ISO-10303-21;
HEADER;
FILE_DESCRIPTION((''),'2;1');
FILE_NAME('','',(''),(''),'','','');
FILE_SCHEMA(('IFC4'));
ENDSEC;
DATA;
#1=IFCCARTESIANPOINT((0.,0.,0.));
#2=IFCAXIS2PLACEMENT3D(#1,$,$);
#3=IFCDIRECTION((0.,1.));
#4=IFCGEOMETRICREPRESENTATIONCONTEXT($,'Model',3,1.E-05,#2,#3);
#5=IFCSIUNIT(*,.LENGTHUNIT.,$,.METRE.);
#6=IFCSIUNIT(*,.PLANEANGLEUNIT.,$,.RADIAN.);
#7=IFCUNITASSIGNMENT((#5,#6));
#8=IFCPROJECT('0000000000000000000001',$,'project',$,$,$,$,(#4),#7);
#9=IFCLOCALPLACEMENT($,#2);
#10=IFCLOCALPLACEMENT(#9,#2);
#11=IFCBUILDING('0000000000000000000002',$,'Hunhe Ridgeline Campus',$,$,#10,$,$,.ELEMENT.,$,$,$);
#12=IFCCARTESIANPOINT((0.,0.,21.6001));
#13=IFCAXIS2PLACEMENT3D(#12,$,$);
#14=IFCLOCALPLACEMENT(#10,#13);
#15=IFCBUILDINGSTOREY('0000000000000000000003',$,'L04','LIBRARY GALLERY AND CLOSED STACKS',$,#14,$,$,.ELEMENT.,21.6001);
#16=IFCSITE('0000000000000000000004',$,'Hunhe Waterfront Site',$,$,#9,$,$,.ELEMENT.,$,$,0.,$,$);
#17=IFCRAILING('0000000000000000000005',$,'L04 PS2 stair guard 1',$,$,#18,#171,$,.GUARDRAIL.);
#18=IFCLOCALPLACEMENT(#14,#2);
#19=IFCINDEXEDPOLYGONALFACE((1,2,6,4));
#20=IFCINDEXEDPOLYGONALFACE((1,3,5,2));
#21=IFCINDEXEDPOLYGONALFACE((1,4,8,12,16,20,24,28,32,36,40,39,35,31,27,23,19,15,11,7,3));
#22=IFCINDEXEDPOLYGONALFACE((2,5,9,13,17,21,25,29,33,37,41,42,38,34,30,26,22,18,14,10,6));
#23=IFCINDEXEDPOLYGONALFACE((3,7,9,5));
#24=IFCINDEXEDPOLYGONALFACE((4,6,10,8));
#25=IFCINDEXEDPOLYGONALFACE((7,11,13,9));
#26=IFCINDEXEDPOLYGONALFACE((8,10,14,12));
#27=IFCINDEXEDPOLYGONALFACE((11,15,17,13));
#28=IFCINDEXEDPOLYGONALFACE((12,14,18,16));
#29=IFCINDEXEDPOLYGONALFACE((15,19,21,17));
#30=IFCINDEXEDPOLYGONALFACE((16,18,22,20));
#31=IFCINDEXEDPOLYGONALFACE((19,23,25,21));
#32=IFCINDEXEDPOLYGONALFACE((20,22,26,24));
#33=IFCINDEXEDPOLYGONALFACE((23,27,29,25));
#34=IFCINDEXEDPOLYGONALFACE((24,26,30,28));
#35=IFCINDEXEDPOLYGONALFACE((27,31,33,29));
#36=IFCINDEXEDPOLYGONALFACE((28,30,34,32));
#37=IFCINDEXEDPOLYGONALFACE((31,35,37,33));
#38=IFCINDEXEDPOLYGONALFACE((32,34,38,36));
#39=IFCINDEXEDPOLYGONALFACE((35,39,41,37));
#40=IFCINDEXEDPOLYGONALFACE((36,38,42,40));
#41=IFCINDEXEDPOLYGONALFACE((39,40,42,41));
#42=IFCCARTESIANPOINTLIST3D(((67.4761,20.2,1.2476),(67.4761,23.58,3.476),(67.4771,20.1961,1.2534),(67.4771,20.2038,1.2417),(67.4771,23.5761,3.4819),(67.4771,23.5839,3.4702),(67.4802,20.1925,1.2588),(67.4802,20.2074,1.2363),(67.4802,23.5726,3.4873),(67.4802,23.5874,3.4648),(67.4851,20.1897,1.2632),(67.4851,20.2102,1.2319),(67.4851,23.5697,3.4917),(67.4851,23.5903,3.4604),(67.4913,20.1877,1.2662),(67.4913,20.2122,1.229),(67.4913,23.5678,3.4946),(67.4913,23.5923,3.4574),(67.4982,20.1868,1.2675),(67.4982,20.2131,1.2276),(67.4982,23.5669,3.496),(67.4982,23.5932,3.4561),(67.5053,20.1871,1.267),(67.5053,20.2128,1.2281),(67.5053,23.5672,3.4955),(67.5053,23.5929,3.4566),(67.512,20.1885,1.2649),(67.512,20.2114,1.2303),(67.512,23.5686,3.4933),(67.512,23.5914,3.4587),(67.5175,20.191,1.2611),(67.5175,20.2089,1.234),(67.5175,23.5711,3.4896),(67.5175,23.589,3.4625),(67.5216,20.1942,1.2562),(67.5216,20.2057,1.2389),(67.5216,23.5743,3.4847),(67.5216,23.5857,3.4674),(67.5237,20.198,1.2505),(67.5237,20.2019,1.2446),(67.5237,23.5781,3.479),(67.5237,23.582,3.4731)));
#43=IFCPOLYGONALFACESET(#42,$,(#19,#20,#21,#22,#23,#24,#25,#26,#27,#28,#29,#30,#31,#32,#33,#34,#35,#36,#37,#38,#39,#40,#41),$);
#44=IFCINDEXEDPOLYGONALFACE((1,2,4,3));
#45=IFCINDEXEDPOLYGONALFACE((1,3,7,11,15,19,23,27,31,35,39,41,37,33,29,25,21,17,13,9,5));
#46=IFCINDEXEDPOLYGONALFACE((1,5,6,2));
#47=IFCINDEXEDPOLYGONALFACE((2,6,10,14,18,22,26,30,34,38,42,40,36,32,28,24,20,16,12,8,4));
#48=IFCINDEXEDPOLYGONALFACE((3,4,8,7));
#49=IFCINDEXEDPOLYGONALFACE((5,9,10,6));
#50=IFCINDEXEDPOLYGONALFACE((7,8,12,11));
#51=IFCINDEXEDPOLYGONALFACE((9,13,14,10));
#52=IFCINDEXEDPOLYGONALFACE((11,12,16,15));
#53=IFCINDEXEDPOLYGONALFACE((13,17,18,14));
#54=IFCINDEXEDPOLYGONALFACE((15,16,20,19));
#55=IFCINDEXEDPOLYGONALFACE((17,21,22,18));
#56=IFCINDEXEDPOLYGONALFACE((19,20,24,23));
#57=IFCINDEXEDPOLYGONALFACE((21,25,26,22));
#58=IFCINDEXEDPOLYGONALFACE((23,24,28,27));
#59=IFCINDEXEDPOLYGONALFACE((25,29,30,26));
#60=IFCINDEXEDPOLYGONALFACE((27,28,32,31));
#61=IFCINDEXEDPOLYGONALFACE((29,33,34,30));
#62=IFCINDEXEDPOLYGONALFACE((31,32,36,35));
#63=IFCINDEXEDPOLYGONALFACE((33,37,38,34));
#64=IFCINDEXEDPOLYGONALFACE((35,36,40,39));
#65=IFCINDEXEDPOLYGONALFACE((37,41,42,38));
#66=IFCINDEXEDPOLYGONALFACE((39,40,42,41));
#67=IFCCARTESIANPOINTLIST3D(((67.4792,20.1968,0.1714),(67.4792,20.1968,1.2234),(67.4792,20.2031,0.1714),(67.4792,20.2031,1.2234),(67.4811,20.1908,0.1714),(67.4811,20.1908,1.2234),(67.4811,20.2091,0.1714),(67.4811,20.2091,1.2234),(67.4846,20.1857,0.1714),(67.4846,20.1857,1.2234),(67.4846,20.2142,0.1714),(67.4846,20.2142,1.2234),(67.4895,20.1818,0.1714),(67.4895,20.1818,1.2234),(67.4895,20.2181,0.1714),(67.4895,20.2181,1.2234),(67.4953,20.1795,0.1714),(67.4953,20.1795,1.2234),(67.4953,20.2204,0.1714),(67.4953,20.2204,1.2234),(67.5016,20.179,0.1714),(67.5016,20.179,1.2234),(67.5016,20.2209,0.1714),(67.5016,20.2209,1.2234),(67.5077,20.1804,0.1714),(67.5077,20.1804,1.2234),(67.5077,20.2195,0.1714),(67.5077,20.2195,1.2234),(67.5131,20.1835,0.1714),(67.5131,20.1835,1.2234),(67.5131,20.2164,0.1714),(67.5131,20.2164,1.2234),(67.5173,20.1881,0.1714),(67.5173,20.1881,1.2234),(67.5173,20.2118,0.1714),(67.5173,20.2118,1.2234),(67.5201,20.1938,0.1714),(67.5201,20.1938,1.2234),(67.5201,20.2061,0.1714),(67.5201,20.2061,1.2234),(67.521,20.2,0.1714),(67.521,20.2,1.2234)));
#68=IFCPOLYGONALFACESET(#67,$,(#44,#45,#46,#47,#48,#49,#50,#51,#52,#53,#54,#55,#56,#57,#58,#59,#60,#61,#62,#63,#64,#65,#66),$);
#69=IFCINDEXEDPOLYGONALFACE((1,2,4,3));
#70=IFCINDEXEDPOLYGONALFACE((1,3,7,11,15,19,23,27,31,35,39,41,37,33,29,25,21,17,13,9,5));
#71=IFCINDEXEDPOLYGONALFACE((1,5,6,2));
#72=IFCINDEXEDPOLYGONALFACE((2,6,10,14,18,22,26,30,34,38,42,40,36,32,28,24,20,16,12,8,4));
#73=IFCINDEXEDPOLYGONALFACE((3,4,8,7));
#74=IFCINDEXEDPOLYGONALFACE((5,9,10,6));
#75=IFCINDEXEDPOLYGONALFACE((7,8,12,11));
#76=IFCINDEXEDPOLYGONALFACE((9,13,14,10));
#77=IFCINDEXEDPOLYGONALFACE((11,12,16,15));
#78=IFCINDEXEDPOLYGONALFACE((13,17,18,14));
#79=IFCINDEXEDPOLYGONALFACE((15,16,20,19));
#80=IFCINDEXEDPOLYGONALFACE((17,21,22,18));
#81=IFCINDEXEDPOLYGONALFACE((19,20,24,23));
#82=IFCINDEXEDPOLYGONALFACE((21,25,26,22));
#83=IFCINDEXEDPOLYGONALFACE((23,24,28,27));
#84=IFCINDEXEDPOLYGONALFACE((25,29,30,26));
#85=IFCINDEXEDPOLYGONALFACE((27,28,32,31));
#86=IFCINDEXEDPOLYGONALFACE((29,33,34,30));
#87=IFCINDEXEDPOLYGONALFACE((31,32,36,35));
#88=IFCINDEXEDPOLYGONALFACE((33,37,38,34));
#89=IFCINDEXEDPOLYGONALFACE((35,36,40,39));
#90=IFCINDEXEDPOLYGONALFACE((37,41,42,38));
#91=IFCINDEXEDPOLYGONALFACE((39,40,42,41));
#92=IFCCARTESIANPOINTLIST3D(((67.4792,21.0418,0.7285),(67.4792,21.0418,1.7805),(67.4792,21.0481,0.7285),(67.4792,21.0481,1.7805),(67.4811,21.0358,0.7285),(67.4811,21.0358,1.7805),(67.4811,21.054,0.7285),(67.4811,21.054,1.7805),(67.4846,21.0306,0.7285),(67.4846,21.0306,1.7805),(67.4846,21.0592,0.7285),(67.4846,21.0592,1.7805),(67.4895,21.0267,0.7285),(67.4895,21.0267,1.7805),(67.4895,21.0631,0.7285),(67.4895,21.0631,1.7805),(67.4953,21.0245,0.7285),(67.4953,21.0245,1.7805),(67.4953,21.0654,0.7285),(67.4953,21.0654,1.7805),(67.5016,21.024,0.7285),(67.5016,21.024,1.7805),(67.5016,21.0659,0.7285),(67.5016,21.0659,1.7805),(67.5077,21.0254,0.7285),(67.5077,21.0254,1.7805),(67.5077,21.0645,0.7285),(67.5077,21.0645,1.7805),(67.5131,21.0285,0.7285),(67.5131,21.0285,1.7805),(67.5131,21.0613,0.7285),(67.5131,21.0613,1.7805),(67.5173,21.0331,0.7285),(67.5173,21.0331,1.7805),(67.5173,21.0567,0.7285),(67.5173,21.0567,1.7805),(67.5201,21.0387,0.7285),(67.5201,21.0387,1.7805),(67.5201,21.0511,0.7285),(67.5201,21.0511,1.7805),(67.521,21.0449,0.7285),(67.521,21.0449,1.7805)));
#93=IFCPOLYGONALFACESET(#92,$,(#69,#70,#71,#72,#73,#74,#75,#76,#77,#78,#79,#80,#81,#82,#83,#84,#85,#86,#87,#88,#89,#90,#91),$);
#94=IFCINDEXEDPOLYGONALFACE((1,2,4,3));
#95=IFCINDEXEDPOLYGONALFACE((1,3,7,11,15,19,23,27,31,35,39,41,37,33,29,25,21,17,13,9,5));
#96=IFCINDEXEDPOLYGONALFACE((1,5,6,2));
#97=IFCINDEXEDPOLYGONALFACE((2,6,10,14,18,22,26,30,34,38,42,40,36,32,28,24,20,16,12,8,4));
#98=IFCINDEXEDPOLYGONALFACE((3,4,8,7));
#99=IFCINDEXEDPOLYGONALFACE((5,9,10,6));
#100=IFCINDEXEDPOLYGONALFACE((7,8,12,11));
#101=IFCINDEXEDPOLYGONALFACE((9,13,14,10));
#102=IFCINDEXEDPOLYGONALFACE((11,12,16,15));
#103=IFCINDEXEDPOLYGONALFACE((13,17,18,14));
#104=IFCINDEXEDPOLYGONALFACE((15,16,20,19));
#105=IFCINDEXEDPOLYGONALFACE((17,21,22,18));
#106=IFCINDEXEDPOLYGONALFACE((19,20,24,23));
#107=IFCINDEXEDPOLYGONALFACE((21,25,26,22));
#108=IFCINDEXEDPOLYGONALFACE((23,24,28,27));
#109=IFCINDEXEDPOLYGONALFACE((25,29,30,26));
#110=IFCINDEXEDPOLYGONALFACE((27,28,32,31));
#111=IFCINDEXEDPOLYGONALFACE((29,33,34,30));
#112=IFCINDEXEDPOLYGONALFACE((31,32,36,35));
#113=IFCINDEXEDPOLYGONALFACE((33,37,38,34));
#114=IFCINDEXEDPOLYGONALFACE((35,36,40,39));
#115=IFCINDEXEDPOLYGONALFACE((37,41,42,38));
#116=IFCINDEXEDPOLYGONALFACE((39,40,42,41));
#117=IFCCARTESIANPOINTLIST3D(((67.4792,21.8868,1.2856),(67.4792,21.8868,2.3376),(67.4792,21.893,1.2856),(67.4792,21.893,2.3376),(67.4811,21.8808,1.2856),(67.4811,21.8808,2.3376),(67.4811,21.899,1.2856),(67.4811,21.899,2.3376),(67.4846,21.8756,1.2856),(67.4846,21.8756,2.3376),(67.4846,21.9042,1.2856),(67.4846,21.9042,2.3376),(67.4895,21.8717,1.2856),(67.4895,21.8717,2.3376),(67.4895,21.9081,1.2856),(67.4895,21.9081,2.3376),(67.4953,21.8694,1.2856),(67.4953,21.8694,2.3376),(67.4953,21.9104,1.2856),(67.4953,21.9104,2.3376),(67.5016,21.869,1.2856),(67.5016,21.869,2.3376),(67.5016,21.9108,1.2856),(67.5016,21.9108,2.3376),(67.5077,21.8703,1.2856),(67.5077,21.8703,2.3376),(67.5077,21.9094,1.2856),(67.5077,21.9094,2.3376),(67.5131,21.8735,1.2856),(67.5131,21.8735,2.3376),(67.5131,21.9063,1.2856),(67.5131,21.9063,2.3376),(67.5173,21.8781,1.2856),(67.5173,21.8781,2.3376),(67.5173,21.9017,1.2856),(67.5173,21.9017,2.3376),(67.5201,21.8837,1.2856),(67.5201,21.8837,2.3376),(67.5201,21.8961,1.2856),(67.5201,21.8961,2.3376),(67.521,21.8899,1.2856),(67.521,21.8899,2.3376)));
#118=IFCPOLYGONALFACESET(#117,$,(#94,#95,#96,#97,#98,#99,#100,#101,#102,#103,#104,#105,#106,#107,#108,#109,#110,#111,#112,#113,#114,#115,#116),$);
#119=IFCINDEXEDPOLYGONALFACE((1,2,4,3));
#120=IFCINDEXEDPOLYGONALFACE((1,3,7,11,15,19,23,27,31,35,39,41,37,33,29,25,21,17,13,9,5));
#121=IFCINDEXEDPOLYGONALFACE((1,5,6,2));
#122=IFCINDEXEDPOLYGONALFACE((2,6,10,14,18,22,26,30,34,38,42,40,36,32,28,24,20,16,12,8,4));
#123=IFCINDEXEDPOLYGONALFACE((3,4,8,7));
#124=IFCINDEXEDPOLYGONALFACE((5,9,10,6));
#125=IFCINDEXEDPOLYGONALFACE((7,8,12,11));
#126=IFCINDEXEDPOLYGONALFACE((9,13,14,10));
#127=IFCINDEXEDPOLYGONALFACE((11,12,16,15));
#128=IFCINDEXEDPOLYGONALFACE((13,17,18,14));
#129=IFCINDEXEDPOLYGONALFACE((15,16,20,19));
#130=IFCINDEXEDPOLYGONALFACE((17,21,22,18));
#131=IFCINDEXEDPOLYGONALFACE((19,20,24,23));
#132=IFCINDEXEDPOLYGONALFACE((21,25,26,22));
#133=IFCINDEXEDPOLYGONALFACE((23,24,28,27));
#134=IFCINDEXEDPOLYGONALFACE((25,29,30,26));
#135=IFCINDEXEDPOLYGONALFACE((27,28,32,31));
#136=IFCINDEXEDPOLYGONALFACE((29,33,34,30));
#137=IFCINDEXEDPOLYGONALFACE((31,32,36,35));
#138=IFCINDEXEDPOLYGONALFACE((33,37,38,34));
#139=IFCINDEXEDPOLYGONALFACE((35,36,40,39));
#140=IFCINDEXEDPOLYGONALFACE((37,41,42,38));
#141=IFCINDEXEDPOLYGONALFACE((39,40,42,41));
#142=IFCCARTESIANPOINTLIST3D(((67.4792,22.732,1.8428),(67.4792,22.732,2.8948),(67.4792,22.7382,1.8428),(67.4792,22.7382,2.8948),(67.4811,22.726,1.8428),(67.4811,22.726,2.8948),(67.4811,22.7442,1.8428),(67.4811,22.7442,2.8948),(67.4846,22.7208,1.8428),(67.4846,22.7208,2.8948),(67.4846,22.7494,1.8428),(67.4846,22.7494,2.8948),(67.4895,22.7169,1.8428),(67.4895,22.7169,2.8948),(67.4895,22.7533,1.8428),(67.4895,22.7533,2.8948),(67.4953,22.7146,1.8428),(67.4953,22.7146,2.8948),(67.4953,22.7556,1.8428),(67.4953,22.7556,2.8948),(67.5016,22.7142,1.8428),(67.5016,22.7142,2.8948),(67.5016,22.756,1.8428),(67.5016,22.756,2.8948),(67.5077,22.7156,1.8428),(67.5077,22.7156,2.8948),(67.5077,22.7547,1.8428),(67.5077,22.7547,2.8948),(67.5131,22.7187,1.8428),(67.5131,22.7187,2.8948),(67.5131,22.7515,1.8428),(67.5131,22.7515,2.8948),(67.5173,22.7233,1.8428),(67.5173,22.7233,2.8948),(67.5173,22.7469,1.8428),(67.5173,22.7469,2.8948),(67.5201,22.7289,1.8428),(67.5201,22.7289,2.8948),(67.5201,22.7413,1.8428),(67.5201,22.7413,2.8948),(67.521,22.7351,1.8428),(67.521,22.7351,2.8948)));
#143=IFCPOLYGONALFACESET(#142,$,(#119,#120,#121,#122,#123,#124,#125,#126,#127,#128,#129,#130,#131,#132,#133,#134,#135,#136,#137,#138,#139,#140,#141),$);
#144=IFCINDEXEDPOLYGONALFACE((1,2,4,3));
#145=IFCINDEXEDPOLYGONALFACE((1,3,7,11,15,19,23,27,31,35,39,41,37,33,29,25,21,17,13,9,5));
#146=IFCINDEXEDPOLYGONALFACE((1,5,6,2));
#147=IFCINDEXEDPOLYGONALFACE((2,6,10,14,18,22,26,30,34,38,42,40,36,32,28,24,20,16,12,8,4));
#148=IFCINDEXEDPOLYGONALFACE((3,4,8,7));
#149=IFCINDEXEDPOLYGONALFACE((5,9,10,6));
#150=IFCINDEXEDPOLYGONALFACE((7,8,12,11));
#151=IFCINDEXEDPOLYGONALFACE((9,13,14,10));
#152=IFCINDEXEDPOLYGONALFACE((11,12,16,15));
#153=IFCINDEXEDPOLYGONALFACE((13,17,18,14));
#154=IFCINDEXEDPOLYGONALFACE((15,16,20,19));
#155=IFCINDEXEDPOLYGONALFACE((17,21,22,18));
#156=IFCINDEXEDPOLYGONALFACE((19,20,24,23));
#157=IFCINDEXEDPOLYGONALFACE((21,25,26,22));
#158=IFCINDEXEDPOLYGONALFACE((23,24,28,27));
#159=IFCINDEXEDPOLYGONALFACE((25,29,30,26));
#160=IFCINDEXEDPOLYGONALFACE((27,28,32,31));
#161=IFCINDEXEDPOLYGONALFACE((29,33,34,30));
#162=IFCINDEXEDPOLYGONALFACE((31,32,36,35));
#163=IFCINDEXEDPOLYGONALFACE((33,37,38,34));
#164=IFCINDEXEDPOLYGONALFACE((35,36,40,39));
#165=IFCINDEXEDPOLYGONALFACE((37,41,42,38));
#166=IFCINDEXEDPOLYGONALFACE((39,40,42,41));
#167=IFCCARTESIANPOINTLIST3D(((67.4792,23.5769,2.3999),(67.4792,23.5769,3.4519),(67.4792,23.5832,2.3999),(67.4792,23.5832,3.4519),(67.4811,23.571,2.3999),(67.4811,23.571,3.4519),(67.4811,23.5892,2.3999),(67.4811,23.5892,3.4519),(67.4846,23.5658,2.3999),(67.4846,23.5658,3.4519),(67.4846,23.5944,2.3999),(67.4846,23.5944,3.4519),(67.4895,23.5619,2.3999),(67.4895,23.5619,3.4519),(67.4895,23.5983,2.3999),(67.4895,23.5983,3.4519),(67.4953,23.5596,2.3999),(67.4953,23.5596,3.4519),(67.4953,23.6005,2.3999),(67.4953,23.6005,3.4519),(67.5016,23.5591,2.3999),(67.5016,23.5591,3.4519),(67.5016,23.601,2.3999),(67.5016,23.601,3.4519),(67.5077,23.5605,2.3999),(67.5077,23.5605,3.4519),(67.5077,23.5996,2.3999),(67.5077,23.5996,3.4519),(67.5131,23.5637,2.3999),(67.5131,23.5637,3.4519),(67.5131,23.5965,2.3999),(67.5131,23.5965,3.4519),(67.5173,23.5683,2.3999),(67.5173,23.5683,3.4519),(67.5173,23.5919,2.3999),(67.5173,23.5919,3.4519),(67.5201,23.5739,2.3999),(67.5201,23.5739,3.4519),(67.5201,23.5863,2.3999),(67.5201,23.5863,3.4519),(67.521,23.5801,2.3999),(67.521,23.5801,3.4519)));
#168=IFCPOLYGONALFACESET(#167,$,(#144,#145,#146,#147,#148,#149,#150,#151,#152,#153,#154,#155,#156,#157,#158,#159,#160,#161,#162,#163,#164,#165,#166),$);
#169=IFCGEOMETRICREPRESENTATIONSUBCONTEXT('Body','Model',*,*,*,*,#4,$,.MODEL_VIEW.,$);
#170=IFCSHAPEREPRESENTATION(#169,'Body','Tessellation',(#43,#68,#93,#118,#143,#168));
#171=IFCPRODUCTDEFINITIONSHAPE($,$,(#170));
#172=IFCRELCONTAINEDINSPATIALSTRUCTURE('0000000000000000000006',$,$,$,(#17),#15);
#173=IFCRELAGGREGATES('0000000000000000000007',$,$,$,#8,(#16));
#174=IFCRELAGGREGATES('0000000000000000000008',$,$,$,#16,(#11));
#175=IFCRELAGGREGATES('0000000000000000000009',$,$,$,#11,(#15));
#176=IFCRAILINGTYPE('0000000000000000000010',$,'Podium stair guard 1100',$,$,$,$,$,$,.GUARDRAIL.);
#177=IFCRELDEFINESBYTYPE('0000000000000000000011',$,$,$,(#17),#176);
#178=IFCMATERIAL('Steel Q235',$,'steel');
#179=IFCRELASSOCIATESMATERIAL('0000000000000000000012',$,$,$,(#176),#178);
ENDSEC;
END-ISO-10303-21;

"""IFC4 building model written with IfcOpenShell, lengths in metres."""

from ifc_helpers import new_model, si_unit, direction, frame, origin, origin_2d, place, context, subcontext, project, spatial, circle, extrude, material, type_object, element, save


model = new_model("IFC4")

# Units and contexts
model_context = context("Model", 3, precision=1e-05, world=origin(), true_north=direction((0.0, 1.0)))
body_context = subcontext(model_context, "Body", "Model", "MODEL_VIEW")
ifc_project = project(units=[si_unit("LENGTHUNIT", "METRE"), si_unit("PLANEANGLEUNIT", "RADIAN")], contexts=[model_context])

# Site, building, storey
site_placement = place(None, origin())
site = spatial("IfcSite", under=ifc_project, at=site_placement, Name="Hunhe Waterfront Site", CompositionType="ELEMENT", RefElevation=0.0)
building_placement = place(site_placement, origin())
building = spatial("IfcBuilding", under=site, at=building_placement, Name="Hunhe Ridgeline Campus", CompositionType="ELEMENT")
storey_placement = place(building_placement, frame((0.0, 0.0, 21.6001)))
storey = spatial("IfcBuildingStorey", under=building, at=storey_placement, Name="L04", Description="LIBRARY GALLERY AND CLOSED STACKS", CompositionType="ELEMENT", Elevation=21.6001)

# Shared definitions
ifc_material_1 = material(Name="Steel Q235", Category="steel")

# Railing
railing_type_1 = type_object("IfcRailingType", Name="Podium stair guard 1100", PredefinedType="GUARDRAIL", material=ifc_material_1)
railing_1_placement = place(storey_placement, frame((67.5, 20.2, 0.1714)))
element("IfcRailing", 1, at=railing_1_placement, inside=storey, type_object=railing_type_1, Name="L04 PS2 stair guard 1", PredefinedType="GUARDRAIL", context=body_context, shape_type="SweptSolid", body=[
    extrude(circle(Radius=0.0239, at=origin_2d()), frame((0.0, 0.0, 1.0762), z_axis=(0.0, 0.834878, 0.550435), x_axis=(-1.0, 0.0, 0.0)), (0.0, 0.0, 1.0), 4.0486),
    extrude(circle(Radius=0.021, at=origin_2d()), origin(), (0.0, 0.0, 1.0), 1.052),
    extrude(circle(Radius=0.021, at=origin_2d()), frame((0.0, 0.845, 0.5571)), (0.0, 0.0, 1.0), 1.052),
    extrude(circle(Radius=0.021, at=origin_2d()), frame((0.0, 1.6899, 1.1143)), (0.0, 0.0, 1.0), 1.052),
    extrude(circle(Radius=0.021, at=origin_2d()), frame((0.0, 2.5352, 1.6714)), (0.0, 0.0, 1.0), 1.052),
    extrude(circle(Radius=0.021, at=origin_2d()), frame((0.0, 3.3801, 2.2285)), (0.0, 0.0, 1.0), 1.052),
])

save(model, "model.ifc")
